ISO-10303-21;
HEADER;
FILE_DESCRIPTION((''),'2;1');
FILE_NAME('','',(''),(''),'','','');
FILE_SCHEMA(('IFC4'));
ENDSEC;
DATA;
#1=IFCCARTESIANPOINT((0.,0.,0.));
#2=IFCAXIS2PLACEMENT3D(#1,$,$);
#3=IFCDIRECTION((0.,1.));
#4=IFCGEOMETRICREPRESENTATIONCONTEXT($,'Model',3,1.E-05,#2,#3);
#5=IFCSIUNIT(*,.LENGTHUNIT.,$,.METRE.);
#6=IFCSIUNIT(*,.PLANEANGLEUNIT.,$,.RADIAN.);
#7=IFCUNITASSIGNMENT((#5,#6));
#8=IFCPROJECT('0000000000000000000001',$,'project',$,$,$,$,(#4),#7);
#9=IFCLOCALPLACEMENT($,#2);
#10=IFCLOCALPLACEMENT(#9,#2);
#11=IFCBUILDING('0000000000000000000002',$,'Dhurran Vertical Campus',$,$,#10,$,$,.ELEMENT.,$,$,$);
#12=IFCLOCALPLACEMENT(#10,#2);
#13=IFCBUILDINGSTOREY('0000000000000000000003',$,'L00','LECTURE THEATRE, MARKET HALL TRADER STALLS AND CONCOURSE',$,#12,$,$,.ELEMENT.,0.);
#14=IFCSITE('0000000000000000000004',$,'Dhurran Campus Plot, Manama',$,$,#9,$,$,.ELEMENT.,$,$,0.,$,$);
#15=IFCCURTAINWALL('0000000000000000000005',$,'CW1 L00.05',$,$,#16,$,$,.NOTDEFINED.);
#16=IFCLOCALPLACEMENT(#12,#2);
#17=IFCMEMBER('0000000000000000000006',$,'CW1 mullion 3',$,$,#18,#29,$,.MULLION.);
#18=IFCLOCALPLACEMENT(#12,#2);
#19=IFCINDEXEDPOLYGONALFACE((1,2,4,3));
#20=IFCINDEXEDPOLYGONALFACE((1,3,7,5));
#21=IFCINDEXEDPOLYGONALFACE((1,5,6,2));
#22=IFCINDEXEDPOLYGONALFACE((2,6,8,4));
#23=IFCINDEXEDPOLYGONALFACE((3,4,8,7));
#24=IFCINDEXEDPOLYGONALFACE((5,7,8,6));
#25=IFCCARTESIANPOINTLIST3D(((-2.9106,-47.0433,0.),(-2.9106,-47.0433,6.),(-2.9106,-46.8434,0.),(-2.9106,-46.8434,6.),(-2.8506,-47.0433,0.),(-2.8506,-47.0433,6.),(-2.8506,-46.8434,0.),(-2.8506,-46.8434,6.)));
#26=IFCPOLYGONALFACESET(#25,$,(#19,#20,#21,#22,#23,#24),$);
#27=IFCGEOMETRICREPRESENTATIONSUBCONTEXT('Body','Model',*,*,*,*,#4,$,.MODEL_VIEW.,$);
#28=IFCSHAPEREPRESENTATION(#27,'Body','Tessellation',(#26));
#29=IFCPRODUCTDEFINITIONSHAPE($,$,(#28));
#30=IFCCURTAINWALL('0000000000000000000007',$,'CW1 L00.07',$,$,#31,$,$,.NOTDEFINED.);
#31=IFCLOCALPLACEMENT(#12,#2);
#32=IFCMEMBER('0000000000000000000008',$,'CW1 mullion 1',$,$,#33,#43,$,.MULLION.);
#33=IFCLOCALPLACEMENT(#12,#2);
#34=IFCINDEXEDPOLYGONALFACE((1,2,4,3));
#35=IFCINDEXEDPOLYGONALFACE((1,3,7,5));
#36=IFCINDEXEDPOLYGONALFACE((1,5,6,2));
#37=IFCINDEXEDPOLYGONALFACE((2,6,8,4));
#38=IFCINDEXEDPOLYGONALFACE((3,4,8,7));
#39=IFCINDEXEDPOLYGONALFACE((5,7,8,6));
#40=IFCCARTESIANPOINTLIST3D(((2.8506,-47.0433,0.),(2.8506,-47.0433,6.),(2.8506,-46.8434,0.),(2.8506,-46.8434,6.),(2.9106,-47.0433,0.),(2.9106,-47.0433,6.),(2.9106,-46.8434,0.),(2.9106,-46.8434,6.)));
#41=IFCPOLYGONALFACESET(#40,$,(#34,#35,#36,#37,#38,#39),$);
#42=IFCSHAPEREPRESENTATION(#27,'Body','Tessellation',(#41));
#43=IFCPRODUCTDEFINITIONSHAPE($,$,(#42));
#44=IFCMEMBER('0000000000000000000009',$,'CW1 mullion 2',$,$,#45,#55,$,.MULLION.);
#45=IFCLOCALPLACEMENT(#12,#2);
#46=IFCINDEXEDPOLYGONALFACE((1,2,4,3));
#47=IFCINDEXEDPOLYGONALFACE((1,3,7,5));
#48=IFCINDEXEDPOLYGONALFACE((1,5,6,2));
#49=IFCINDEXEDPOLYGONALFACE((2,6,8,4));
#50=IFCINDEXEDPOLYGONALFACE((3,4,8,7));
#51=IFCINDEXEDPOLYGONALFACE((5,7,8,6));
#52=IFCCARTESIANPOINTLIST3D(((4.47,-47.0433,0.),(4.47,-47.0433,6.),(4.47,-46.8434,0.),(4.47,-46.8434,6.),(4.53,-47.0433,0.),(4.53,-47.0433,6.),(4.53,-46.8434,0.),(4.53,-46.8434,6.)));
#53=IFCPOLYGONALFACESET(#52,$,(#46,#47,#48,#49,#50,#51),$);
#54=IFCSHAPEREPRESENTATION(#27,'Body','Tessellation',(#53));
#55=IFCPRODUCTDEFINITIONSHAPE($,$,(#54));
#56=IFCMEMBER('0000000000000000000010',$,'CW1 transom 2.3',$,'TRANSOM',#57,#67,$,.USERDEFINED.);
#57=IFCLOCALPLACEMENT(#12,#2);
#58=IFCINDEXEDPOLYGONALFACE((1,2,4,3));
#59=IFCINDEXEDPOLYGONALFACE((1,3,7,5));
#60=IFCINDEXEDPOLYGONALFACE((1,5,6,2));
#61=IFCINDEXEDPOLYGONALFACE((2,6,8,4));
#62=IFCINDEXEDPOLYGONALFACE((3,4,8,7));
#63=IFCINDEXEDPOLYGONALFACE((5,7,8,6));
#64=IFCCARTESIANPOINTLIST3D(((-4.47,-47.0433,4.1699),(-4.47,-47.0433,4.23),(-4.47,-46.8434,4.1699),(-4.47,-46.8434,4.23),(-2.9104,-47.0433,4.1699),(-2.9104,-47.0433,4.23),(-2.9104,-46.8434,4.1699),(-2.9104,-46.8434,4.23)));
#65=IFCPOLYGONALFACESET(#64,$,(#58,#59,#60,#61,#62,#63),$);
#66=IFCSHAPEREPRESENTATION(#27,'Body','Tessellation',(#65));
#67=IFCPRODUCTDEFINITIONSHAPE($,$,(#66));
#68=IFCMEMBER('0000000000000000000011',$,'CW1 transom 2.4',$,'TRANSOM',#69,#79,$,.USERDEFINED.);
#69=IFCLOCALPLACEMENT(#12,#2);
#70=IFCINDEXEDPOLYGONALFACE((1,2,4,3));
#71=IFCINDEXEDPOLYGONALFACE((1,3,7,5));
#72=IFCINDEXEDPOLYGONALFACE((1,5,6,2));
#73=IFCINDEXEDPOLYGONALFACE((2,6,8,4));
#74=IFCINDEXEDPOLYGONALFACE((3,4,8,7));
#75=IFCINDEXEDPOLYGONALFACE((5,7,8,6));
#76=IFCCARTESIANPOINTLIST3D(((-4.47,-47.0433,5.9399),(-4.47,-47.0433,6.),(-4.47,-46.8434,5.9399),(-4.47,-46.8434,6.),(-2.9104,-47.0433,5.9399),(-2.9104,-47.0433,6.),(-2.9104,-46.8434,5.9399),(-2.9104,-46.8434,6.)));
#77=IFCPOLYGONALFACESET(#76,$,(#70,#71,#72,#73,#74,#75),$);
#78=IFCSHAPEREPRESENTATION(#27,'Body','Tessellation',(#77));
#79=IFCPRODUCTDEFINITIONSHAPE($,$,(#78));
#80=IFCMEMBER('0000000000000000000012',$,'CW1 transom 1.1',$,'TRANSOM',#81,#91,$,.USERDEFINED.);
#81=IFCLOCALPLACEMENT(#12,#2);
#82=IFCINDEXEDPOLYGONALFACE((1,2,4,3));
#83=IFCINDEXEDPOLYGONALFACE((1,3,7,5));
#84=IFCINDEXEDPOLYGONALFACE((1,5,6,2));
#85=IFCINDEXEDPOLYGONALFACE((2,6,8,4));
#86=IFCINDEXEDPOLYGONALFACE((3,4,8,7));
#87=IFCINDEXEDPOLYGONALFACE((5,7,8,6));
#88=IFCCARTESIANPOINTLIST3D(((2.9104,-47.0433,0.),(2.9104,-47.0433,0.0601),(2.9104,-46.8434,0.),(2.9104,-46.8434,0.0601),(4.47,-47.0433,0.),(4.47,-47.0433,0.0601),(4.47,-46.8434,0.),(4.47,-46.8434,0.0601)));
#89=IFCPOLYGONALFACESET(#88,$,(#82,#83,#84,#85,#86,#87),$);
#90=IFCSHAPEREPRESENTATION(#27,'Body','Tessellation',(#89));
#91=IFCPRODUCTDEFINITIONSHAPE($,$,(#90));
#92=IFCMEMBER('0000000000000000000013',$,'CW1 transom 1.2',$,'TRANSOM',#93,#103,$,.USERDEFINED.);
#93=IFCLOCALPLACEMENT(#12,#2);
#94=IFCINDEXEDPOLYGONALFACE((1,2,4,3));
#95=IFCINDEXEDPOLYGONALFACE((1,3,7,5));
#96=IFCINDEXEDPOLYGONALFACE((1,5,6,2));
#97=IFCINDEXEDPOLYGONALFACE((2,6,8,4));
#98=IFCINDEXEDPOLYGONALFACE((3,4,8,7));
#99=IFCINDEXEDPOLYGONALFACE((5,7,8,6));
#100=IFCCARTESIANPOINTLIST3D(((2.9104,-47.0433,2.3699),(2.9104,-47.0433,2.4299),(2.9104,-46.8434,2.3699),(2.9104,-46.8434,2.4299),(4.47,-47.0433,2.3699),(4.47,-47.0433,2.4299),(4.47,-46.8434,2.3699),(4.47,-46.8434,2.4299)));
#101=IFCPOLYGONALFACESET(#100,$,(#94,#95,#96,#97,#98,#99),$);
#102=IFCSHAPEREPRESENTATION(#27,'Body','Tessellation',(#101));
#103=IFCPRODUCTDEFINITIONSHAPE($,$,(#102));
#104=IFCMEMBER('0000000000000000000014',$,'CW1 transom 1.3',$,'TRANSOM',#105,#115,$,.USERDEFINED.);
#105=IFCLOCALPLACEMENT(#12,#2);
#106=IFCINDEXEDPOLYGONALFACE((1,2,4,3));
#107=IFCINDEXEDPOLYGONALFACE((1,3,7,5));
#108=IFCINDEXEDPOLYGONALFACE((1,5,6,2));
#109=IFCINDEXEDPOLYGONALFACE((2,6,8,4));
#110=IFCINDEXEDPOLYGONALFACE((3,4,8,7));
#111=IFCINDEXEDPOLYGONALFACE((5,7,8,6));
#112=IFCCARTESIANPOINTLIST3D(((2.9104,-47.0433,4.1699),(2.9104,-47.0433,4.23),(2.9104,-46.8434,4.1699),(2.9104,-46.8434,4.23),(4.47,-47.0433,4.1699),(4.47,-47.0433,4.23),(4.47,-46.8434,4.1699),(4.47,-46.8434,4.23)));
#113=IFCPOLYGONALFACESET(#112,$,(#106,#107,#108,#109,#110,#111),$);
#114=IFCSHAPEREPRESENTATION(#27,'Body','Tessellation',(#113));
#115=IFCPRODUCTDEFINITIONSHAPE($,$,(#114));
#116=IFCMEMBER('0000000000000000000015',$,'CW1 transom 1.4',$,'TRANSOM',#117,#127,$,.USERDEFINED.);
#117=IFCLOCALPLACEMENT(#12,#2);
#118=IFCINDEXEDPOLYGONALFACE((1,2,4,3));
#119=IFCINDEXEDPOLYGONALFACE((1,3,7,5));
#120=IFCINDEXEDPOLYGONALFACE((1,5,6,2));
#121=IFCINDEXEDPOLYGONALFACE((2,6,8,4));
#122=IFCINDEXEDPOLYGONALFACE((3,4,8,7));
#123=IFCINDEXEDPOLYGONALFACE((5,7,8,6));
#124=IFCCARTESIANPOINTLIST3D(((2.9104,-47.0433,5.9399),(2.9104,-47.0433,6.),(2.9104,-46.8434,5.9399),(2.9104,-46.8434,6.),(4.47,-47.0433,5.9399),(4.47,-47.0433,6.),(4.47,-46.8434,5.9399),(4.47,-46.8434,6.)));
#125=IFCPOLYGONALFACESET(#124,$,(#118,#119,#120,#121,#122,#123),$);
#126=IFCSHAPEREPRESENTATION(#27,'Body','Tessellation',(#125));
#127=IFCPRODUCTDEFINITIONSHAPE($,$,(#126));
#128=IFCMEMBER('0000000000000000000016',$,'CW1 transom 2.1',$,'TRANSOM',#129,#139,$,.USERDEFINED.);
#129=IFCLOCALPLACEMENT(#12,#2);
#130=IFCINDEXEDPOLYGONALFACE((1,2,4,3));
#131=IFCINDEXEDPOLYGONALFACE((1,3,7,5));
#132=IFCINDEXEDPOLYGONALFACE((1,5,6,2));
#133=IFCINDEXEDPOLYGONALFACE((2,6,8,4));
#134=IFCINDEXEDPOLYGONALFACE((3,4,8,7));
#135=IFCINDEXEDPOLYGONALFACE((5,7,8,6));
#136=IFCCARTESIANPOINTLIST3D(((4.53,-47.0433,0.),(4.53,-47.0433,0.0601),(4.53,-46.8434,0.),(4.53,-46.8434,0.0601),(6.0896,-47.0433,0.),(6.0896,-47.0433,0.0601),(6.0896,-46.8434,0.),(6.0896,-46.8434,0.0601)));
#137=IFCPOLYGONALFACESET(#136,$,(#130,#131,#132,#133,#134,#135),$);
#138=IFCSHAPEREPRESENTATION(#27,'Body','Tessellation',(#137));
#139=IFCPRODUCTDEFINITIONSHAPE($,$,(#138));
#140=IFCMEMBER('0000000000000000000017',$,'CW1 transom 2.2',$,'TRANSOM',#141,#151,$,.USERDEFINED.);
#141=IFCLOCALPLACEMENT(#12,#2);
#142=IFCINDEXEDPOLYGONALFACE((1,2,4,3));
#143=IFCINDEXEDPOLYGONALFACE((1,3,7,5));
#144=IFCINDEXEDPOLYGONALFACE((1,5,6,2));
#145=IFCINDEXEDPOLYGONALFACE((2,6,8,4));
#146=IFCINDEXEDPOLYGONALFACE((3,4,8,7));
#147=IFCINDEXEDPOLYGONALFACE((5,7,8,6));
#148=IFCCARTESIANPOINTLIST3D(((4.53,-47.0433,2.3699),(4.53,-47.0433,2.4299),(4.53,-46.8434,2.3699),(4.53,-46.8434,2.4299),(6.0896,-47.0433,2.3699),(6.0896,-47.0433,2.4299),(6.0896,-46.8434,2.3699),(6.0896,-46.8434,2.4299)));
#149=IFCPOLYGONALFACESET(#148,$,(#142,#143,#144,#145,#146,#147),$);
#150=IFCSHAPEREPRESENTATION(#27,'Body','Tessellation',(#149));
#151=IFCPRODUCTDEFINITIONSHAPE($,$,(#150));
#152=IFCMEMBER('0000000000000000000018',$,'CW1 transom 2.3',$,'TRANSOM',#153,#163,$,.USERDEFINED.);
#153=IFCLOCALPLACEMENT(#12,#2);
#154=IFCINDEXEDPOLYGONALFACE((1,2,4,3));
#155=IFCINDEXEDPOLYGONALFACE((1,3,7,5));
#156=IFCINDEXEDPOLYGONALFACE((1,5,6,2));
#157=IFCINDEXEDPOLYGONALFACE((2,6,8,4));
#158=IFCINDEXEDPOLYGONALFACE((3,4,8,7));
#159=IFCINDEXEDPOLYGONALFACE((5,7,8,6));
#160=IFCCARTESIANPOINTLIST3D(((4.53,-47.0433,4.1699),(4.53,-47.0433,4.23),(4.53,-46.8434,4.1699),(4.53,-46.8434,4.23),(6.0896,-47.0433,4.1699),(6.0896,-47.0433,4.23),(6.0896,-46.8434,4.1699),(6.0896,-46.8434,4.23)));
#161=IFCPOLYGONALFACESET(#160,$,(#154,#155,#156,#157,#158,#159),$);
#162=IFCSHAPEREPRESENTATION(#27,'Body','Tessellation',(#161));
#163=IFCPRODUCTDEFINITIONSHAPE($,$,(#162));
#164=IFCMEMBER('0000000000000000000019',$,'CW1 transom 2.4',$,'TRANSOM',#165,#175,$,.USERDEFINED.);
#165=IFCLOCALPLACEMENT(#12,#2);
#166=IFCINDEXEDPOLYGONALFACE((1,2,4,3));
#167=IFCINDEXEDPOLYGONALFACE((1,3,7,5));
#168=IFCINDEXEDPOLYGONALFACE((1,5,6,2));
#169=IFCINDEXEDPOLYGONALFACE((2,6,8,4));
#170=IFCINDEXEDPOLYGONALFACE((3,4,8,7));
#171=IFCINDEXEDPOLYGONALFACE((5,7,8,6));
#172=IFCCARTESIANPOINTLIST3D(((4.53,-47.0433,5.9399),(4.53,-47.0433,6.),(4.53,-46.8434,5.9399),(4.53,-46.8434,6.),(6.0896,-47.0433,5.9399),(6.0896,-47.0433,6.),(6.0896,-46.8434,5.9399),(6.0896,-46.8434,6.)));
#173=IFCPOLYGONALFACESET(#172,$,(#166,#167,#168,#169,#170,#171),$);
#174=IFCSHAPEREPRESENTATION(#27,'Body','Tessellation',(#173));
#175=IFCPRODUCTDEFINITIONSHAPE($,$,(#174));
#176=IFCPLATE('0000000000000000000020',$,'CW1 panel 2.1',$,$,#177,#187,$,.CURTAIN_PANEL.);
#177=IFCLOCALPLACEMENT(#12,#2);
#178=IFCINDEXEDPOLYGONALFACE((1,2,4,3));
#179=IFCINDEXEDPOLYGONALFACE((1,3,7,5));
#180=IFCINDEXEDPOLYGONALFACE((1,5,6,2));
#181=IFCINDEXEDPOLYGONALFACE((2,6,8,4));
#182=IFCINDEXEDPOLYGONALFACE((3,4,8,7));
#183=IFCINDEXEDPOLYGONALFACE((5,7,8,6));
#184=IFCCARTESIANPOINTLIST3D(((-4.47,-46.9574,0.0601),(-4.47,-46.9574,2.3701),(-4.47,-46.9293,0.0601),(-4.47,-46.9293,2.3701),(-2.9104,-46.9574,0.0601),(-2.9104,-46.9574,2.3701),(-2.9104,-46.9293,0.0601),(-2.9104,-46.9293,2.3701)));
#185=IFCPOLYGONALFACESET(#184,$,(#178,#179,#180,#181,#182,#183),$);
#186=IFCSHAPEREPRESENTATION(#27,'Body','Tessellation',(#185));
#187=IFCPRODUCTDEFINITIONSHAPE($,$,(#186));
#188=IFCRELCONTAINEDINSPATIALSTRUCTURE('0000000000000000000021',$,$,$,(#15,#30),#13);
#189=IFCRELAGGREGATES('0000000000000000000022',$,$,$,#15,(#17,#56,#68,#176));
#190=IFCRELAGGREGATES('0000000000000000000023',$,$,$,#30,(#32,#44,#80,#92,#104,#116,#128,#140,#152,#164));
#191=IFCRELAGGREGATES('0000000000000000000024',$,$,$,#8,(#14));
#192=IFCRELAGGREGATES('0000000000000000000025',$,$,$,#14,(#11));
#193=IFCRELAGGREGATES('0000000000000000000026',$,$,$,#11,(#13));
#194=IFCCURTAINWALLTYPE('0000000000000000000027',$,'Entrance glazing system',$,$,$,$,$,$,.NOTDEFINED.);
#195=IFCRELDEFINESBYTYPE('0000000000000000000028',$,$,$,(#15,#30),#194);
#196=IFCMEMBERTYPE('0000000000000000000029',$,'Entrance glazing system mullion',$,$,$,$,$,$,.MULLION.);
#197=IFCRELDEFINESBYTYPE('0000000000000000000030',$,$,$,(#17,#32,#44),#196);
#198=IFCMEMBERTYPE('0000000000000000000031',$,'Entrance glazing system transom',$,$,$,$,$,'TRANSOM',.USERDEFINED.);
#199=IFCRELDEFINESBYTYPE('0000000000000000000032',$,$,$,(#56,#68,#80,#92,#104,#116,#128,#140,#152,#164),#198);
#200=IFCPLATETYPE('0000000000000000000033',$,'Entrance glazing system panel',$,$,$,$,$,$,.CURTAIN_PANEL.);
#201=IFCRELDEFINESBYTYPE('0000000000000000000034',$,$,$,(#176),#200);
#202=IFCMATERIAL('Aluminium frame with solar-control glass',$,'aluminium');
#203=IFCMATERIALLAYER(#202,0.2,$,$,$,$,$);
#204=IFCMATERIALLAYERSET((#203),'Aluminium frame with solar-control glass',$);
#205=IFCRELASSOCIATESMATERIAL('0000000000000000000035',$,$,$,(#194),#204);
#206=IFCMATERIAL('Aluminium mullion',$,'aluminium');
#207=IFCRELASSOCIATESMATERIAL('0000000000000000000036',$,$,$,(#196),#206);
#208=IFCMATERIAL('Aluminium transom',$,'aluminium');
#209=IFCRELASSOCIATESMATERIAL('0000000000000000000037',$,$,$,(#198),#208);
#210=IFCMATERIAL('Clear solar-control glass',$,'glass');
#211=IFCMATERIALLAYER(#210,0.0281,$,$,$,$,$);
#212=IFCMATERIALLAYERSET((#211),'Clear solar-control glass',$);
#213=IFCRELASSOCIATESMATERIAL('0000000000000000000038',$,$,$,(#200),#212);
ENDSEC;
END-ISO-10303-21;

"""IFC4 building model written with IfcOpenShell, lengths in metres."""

from ifc_helpers import new_model, si_unit, direction, frame, origin, origin_2d, place, context, subcontext, project, spatial, rectangle, extrude, material, layer, layer_set, material_profile, profile_set, type_object, element, aggregate, save


model = new_model("IFC4")

# Units and contexts
model_context = context("Model", 3, precision=1e-05, world=origin(), true_north=direction((0.0, 1.0)))
body_context = subcontext(model_context, "Body", "Model", "MODEL_VIEW")
ifc_project = project(units=[si_unit("LENGTHUNIT", "METRE"), si_unit("PLANEANGLEUNIT", "RADIAN")], contexts=[model_context])

# Site, building, storey
site_placement = place(None, origin())
site = spatial("IfcSite", under=ifc_project, at=site_placement, Name="Dhurran Campus Plot, Manama", CompositionType="ELEMENT", RefElevation=0.0)
building_placement = place(site_placement, origin())
building = spatial("IfcBuilding", under=site, at=building_placement, Name="Dhurran Vertical Campus", CompositionType="ELEMENT")
storey_placement = place(building_placement, origin())
storey = spatial("IfcBuildingStorey", under=building, at=storey_placement, Name="L00", Description="LECTURE THEATRE, MARKET HALL TRADER STALLS AND CONCOURSE", CompositionType="ELEMENT", Elevation=0.0)

# Curtain wall, member
ifc_material_1 = material(Name="Aluminium frame with solar-control glass", Category="aluminium")
ifc_layer_1 = layer(ifc_material_1, 0.2)
ifc_layer_set_1 = layer_set([ifc_layer_1], Name="Aluminium frame with solar-control glass")
curtain_wall_type = type_object("IfcCurtainWallType", Name="Entrance glazing system", PredefinedType="NOTDEFINED", material=ifc_layer_set_1)
curtain_wall_1_placement = place(storey_placement, origin())
curtain_wall_1 = element("IfcCurtainWall", 1, at=curtain_wall_1_placement, inside=storey, type_object=curtain_wall_type, Name="CW1 L00.05", PredefinedType="NOTDEFINED")
ifc_material_2 = material(Name="Aluminium mullion", Category="aluminium")
ifc_material_profile_1 = material_profile(ifc_material_2, rectangle(XDim=0.2, YDim=0.0601, at=origin_2d()), Name="Entrance glazing system mullion")
ifc_profile_set_1 = profile_set([ifc_material_profile_1], Name="Aluminium mullion")
member_type_1 = type_object("IfcMemberType", Name="Entrance glazing system mullion", PredefinedType="MULLION", material=ifc_profile_set_1)
member_1_placement = place(storey_placement, frame((-2.8806, -46.9434, 0.0), z_axis=(0.0, 0.0, 1.0), x_axis=(0.0, 1.0, 0.0)))
member_1 = element("IfcMember", 2, at=member_1_placement, type_object=member_type_1, Name="CW1 mullion 3", PredefinedType="MULLION", context=body_context, shape_type="SweptSolid", body=[
    extrude(rectangle(XDim=0.2, YDim=0.0601, at=origin_2d()), origin(), (0.0, 0.0, 1.0), 6.0),
])

# Curtain wall, members
curtain_wall_2_placement = place(storey_placement, origin())
curtain_wall_2 = element("IfcCurtainWall", 3, at=curtain_wall_2_placement, inside=storey, type_object=curtain_wall_type, Name="CW1 L00.07", PredefinedType="NOTDEFINED")
member_2_placement = place(storey_placement, frame((2.8806, -46.9434, 0.0), z_axis=(0.0, 0.0, 1.0), x_axis=(0.0, 1.0, 0.0)))
member_2 = element("IfcMember", 4, at=member_2_placement, type_object=member_type_1, Name="CW1 mullion 1", PredefinedType="MULLION", context=body_context, shape_type="SweptSolid", body=[
    extrude(rectangle(XDim=0.2, YDim=0.0601, at=origin_2d()), origin(), (0.0, 0.0, 1.0), 6.0),
])
member_3_placement = place(storey_placement, frame((4.5, -46.9434, 0.0), z_axis=(0.0, 0.0, 1.0), x_axis=(0.0, 1.0, 0.0)))
member_3 = element("IfcMember", 5, at=member_3_placement, type_object=member_type_1, Name="CW1 mullion 2", PredefinedType="MULLION", context=body_context, shape_type="SweptSolid", body=[
    extrude(rectangle(XDim=0.2, YDim=0.0601, at=origin_2d()), origin(), (0.0, 0.0, 1.0), 6.0),
])

# Members
ifc_material_3 = material(Name="Aluminium transom", Category="aluminium")
ifc_material_profile_2 = material_profile(ifc_material_3, rectangle(XDim=0.2, YDim=0.0601, at=origin_2d()), Name="Entrance glazing system transom")
ifc_profile_set_2 = profile_set([ifc_material_profile_2], Name="Aluminium transom")
member_type_2 = type_object("IfcMemberType", Name="Entrance glazing system transom", ElementType="TRANSOM", PredefinedType="USERDEFINED", material=ifc_profile_set_2)
member_4_placement = place(storey_placement, frame((-4.47, -46.9434, 4.2), z_axis=(1.0, 0.0, 0.0), x_axis=(0.0, 1.0, 0.0)))
member_4 = element("IfcMember", 6, at=member_4_placement, type_object=member_type_2, Name="CW1 transom 2.3", ObjectType="TRANSOM", PredefinedType="USERDEFINED", context=body_context, shape_type="SweptSolid", body=[
    extrude(rectangle(XDim=0.2, YDim=0.0601, at=origin_2d()), origin(), (0.0, 0.0, 1.0), 1.5596),
])
member_5_placement = place(storey_placement, frame((-4.47, -46.9434, 5.97), z_axis=(1.0, 0.0, 0.0), x_axis=(0.0, 1.0, 0.0)))
member_5 = element("IfcMember", 7, at=member_5_placement, type_object=member_type_2, Name="CW1 transom 2.4", ObjectType="TRANSOM", PredefinedType="USERDEFINED", context=body_context, shape_type="SweptSolid", body=[
    extrude(rectangle(XDim=0.2, YDim=0.0601, at=origin_2d()), origin(), (0.0, 0.0, 1.0), 1.5596),
])
member_6_placement = place(storey_placement, frame((2.9104, -46.9434, 0.03), z_axis=(1.0, 0.0, 0.0), x_axis=(0.0, 1.0, 0.0)))
member_6 = element("IfcMember", 8, at=member_6_placement, type_object=member_type_2, Name="CW1 transom 1.1", ObjectType="TRANSOM", PredefinedType="USERDEFINED", context=body_context, shape_type="SweptSolid", body=[
    extrude(rectangle(XDim=0.2, YDim=0.0601, at=origin_2d()), origin(), (0.0, 0.0, 1.0), 1.5596),
])
member_7_placement = place(storey_placement, frame((2.9104, -46.9434, 2.3999), z_axis=(1.0, 0.0, 0.0), x_axis=(0.0, 1.0, 0.0)))
member_7 = element("IfcMember", 9, at=member_7_placement, type_object=member_type_2, Name="CW1 transom 1.2", ObjectType="TRANSOM", PredefinedType="USERDEFINED", context=body_context, shape_type="SweptSolid", body=[
    extrude(rectangle(XDim=0.2, YDim=0.0601, at=origin_2d()), origin(), (0.0, 0.0, 1.0), 1.5596),
])
member_8_placement = place(storey_placement, frame((2.9104, -46.9434, 4.2), z_axis=(1.0, 0.0, 0.0), x_axis=(0.0, 1.0, 0.0)))
member_8 = element("IfcMember", 10, at=member_8_placement, type_object=member_type_2, Name="CW1 transom 1.3", ObjectType="TRANSOM", PredefinedType="USERDEFINED", context=body_context, shape_type="SweptSolid", body=[
    extrude(rectangle(XDim=0.2, YDim=0.0601, at=origin_2d()), origin(), (0.0, 0.0, 1.0), 1.5596),
])
member_9_placement = place(storey_placement, frame((2.9104, -46.9434, 5.97), z_axis=(1.0, 0.0, 0.0), x_axis=(0.0, 1.0, 0.0)))
member_9 = element("IfcMember", 11, at=member_9_placement, type_object=member_type_2, Name="CW1 transom 1.4", ObjectType="TRANSOM", PredefinedType="USERDEFINED", context=body_context, shape_type="SweptSolid", body=[
    extrude(rectangle(XDim=0.2, YDim=0.0601, at=origin_2d()), origin(), (0.0, 0.0, 1.0), 1.5596),
])
member_10_placement = place(storey_placement, frame((4.53, -46.9434, 0.03), z_axis=(1.0, 0.0, 0.0), x_axis=(0.0, 1.0, 0.0)))
member_10 = element("IfcMember", 12, at=member_10_placement, type_object=member_type_2, Name="CW1 transom 2.1", ObjectType="TRANSOM", PredefinedType="USERDEFINED", context=body_context, shape_type="SweptSolid", body=[
    extrude(rectangle(XDim=0.2, YDim=0.0601, at=origin_2d()), origin(), (0.0, 0.0, 1.0), 1.5596),
])
member_11_placement = place(storey_placement, frame((4.53, -46.9434, 2.3999), z_axis=(1.0, 0.0, 0.0), x_axis=(0.0, 1.0, 0.0)))
member_11 = element("IfcMember", 13, at=member_11_placement, type_object=member_type_2, Name="CW1 transom 2.2", ObjectType="TRANSOM", PredefinedType="USERDEFINED", context=body_context, shape_type="SweptSolid", body=[
    extrude(rectangle(XDim=0.2, YDim=0.0601, at=origin_2d()), origin(), (0.0, 0.0, 1.0), 1.5596),
])
member_12_placement = place(storey_placement, frame((4.53, -46.9434, 4.2), z_axis=(1.0, 0.0, 0.0), x_axis=(0.0, 1.0, 0.0)))
member_12 = element("IfcMember", 14, at=member_12_placement, type_object=member_type_2, Name="CW1 transom 2.3", ObjectType="TRANSOM", PredefinedType="USERDEFINED", context=body_context, shape_type="SweptSolid", body=[
    extrude(rectangle(XDim=0.2, YDim=0.0601, at=origin_2d()), origin(), (0.0, 0.0, 1.0), 1.5596),
])
member_13_placement = place(storey_placement, frame((4.53, -46.9434, 5.97), z_axis=(1.0, 0.0, 0.0), x_axis=(0.0, 1.0, 0.0)))
member_13 = element("IfcMember", 15, at=member_13_placement, type_object=member_type_2, Name="CW1 transom 2.4", ObjectType="TRANSOM", PredefinedType="USERDEFINED", context=body_context, shape_type="SweptSolid", body=[
    extrude(rectangle(XDim=0.2, YDim=0.0601, at=origin_2d()), origin(), (0.0, 0.0, 1.0), 1.5596),
])

# Plate
ifc_material_4 = material(Name="Clear solar-control glass", Category="glass")
ifc_layer_2 = layer(ifc_material_4, 0.0281)
ifc_layer_set_2 = layer_set([ifc_layer_2], Name="Clear solar-control glass")
plate_type = type_object("IfcPlateType", Name="Entrance glazing system panel", PredefinedType="CURTAIN_PANEL", material=ifc_layer_set_2)
plate_1_placement = place(storey_placement, frame((-3.6902, -46.9434, 0.0601), z_axis=(0.0, 0.0, 1.0), x_axis=(1.0, 0.0, 0.0)))
plate_1 = element("IfcPlate", 16, at=plate_1_placement, type_object=plate_type, Name="CW1 panel 2.1", PredefinedType="CURTAIN_PANEL", context=body_context, shape_type="SweptSolid", body=[
    extrude(rectangle(XDim=1.5596, YDim=0.0281, at=origin_2d()), origin(), (0.0, 0.0, 1.0), 2.3101),
])
aggregate(curtain_wall_1, [member_1, member_4, member_5, plate_1])
aggregate(curtain_wall_2, [member_2, member_3, member_6, member_7, member_8, member_9, member_10, member_11, member_12, member_13])

save(model, "model.ifc")
